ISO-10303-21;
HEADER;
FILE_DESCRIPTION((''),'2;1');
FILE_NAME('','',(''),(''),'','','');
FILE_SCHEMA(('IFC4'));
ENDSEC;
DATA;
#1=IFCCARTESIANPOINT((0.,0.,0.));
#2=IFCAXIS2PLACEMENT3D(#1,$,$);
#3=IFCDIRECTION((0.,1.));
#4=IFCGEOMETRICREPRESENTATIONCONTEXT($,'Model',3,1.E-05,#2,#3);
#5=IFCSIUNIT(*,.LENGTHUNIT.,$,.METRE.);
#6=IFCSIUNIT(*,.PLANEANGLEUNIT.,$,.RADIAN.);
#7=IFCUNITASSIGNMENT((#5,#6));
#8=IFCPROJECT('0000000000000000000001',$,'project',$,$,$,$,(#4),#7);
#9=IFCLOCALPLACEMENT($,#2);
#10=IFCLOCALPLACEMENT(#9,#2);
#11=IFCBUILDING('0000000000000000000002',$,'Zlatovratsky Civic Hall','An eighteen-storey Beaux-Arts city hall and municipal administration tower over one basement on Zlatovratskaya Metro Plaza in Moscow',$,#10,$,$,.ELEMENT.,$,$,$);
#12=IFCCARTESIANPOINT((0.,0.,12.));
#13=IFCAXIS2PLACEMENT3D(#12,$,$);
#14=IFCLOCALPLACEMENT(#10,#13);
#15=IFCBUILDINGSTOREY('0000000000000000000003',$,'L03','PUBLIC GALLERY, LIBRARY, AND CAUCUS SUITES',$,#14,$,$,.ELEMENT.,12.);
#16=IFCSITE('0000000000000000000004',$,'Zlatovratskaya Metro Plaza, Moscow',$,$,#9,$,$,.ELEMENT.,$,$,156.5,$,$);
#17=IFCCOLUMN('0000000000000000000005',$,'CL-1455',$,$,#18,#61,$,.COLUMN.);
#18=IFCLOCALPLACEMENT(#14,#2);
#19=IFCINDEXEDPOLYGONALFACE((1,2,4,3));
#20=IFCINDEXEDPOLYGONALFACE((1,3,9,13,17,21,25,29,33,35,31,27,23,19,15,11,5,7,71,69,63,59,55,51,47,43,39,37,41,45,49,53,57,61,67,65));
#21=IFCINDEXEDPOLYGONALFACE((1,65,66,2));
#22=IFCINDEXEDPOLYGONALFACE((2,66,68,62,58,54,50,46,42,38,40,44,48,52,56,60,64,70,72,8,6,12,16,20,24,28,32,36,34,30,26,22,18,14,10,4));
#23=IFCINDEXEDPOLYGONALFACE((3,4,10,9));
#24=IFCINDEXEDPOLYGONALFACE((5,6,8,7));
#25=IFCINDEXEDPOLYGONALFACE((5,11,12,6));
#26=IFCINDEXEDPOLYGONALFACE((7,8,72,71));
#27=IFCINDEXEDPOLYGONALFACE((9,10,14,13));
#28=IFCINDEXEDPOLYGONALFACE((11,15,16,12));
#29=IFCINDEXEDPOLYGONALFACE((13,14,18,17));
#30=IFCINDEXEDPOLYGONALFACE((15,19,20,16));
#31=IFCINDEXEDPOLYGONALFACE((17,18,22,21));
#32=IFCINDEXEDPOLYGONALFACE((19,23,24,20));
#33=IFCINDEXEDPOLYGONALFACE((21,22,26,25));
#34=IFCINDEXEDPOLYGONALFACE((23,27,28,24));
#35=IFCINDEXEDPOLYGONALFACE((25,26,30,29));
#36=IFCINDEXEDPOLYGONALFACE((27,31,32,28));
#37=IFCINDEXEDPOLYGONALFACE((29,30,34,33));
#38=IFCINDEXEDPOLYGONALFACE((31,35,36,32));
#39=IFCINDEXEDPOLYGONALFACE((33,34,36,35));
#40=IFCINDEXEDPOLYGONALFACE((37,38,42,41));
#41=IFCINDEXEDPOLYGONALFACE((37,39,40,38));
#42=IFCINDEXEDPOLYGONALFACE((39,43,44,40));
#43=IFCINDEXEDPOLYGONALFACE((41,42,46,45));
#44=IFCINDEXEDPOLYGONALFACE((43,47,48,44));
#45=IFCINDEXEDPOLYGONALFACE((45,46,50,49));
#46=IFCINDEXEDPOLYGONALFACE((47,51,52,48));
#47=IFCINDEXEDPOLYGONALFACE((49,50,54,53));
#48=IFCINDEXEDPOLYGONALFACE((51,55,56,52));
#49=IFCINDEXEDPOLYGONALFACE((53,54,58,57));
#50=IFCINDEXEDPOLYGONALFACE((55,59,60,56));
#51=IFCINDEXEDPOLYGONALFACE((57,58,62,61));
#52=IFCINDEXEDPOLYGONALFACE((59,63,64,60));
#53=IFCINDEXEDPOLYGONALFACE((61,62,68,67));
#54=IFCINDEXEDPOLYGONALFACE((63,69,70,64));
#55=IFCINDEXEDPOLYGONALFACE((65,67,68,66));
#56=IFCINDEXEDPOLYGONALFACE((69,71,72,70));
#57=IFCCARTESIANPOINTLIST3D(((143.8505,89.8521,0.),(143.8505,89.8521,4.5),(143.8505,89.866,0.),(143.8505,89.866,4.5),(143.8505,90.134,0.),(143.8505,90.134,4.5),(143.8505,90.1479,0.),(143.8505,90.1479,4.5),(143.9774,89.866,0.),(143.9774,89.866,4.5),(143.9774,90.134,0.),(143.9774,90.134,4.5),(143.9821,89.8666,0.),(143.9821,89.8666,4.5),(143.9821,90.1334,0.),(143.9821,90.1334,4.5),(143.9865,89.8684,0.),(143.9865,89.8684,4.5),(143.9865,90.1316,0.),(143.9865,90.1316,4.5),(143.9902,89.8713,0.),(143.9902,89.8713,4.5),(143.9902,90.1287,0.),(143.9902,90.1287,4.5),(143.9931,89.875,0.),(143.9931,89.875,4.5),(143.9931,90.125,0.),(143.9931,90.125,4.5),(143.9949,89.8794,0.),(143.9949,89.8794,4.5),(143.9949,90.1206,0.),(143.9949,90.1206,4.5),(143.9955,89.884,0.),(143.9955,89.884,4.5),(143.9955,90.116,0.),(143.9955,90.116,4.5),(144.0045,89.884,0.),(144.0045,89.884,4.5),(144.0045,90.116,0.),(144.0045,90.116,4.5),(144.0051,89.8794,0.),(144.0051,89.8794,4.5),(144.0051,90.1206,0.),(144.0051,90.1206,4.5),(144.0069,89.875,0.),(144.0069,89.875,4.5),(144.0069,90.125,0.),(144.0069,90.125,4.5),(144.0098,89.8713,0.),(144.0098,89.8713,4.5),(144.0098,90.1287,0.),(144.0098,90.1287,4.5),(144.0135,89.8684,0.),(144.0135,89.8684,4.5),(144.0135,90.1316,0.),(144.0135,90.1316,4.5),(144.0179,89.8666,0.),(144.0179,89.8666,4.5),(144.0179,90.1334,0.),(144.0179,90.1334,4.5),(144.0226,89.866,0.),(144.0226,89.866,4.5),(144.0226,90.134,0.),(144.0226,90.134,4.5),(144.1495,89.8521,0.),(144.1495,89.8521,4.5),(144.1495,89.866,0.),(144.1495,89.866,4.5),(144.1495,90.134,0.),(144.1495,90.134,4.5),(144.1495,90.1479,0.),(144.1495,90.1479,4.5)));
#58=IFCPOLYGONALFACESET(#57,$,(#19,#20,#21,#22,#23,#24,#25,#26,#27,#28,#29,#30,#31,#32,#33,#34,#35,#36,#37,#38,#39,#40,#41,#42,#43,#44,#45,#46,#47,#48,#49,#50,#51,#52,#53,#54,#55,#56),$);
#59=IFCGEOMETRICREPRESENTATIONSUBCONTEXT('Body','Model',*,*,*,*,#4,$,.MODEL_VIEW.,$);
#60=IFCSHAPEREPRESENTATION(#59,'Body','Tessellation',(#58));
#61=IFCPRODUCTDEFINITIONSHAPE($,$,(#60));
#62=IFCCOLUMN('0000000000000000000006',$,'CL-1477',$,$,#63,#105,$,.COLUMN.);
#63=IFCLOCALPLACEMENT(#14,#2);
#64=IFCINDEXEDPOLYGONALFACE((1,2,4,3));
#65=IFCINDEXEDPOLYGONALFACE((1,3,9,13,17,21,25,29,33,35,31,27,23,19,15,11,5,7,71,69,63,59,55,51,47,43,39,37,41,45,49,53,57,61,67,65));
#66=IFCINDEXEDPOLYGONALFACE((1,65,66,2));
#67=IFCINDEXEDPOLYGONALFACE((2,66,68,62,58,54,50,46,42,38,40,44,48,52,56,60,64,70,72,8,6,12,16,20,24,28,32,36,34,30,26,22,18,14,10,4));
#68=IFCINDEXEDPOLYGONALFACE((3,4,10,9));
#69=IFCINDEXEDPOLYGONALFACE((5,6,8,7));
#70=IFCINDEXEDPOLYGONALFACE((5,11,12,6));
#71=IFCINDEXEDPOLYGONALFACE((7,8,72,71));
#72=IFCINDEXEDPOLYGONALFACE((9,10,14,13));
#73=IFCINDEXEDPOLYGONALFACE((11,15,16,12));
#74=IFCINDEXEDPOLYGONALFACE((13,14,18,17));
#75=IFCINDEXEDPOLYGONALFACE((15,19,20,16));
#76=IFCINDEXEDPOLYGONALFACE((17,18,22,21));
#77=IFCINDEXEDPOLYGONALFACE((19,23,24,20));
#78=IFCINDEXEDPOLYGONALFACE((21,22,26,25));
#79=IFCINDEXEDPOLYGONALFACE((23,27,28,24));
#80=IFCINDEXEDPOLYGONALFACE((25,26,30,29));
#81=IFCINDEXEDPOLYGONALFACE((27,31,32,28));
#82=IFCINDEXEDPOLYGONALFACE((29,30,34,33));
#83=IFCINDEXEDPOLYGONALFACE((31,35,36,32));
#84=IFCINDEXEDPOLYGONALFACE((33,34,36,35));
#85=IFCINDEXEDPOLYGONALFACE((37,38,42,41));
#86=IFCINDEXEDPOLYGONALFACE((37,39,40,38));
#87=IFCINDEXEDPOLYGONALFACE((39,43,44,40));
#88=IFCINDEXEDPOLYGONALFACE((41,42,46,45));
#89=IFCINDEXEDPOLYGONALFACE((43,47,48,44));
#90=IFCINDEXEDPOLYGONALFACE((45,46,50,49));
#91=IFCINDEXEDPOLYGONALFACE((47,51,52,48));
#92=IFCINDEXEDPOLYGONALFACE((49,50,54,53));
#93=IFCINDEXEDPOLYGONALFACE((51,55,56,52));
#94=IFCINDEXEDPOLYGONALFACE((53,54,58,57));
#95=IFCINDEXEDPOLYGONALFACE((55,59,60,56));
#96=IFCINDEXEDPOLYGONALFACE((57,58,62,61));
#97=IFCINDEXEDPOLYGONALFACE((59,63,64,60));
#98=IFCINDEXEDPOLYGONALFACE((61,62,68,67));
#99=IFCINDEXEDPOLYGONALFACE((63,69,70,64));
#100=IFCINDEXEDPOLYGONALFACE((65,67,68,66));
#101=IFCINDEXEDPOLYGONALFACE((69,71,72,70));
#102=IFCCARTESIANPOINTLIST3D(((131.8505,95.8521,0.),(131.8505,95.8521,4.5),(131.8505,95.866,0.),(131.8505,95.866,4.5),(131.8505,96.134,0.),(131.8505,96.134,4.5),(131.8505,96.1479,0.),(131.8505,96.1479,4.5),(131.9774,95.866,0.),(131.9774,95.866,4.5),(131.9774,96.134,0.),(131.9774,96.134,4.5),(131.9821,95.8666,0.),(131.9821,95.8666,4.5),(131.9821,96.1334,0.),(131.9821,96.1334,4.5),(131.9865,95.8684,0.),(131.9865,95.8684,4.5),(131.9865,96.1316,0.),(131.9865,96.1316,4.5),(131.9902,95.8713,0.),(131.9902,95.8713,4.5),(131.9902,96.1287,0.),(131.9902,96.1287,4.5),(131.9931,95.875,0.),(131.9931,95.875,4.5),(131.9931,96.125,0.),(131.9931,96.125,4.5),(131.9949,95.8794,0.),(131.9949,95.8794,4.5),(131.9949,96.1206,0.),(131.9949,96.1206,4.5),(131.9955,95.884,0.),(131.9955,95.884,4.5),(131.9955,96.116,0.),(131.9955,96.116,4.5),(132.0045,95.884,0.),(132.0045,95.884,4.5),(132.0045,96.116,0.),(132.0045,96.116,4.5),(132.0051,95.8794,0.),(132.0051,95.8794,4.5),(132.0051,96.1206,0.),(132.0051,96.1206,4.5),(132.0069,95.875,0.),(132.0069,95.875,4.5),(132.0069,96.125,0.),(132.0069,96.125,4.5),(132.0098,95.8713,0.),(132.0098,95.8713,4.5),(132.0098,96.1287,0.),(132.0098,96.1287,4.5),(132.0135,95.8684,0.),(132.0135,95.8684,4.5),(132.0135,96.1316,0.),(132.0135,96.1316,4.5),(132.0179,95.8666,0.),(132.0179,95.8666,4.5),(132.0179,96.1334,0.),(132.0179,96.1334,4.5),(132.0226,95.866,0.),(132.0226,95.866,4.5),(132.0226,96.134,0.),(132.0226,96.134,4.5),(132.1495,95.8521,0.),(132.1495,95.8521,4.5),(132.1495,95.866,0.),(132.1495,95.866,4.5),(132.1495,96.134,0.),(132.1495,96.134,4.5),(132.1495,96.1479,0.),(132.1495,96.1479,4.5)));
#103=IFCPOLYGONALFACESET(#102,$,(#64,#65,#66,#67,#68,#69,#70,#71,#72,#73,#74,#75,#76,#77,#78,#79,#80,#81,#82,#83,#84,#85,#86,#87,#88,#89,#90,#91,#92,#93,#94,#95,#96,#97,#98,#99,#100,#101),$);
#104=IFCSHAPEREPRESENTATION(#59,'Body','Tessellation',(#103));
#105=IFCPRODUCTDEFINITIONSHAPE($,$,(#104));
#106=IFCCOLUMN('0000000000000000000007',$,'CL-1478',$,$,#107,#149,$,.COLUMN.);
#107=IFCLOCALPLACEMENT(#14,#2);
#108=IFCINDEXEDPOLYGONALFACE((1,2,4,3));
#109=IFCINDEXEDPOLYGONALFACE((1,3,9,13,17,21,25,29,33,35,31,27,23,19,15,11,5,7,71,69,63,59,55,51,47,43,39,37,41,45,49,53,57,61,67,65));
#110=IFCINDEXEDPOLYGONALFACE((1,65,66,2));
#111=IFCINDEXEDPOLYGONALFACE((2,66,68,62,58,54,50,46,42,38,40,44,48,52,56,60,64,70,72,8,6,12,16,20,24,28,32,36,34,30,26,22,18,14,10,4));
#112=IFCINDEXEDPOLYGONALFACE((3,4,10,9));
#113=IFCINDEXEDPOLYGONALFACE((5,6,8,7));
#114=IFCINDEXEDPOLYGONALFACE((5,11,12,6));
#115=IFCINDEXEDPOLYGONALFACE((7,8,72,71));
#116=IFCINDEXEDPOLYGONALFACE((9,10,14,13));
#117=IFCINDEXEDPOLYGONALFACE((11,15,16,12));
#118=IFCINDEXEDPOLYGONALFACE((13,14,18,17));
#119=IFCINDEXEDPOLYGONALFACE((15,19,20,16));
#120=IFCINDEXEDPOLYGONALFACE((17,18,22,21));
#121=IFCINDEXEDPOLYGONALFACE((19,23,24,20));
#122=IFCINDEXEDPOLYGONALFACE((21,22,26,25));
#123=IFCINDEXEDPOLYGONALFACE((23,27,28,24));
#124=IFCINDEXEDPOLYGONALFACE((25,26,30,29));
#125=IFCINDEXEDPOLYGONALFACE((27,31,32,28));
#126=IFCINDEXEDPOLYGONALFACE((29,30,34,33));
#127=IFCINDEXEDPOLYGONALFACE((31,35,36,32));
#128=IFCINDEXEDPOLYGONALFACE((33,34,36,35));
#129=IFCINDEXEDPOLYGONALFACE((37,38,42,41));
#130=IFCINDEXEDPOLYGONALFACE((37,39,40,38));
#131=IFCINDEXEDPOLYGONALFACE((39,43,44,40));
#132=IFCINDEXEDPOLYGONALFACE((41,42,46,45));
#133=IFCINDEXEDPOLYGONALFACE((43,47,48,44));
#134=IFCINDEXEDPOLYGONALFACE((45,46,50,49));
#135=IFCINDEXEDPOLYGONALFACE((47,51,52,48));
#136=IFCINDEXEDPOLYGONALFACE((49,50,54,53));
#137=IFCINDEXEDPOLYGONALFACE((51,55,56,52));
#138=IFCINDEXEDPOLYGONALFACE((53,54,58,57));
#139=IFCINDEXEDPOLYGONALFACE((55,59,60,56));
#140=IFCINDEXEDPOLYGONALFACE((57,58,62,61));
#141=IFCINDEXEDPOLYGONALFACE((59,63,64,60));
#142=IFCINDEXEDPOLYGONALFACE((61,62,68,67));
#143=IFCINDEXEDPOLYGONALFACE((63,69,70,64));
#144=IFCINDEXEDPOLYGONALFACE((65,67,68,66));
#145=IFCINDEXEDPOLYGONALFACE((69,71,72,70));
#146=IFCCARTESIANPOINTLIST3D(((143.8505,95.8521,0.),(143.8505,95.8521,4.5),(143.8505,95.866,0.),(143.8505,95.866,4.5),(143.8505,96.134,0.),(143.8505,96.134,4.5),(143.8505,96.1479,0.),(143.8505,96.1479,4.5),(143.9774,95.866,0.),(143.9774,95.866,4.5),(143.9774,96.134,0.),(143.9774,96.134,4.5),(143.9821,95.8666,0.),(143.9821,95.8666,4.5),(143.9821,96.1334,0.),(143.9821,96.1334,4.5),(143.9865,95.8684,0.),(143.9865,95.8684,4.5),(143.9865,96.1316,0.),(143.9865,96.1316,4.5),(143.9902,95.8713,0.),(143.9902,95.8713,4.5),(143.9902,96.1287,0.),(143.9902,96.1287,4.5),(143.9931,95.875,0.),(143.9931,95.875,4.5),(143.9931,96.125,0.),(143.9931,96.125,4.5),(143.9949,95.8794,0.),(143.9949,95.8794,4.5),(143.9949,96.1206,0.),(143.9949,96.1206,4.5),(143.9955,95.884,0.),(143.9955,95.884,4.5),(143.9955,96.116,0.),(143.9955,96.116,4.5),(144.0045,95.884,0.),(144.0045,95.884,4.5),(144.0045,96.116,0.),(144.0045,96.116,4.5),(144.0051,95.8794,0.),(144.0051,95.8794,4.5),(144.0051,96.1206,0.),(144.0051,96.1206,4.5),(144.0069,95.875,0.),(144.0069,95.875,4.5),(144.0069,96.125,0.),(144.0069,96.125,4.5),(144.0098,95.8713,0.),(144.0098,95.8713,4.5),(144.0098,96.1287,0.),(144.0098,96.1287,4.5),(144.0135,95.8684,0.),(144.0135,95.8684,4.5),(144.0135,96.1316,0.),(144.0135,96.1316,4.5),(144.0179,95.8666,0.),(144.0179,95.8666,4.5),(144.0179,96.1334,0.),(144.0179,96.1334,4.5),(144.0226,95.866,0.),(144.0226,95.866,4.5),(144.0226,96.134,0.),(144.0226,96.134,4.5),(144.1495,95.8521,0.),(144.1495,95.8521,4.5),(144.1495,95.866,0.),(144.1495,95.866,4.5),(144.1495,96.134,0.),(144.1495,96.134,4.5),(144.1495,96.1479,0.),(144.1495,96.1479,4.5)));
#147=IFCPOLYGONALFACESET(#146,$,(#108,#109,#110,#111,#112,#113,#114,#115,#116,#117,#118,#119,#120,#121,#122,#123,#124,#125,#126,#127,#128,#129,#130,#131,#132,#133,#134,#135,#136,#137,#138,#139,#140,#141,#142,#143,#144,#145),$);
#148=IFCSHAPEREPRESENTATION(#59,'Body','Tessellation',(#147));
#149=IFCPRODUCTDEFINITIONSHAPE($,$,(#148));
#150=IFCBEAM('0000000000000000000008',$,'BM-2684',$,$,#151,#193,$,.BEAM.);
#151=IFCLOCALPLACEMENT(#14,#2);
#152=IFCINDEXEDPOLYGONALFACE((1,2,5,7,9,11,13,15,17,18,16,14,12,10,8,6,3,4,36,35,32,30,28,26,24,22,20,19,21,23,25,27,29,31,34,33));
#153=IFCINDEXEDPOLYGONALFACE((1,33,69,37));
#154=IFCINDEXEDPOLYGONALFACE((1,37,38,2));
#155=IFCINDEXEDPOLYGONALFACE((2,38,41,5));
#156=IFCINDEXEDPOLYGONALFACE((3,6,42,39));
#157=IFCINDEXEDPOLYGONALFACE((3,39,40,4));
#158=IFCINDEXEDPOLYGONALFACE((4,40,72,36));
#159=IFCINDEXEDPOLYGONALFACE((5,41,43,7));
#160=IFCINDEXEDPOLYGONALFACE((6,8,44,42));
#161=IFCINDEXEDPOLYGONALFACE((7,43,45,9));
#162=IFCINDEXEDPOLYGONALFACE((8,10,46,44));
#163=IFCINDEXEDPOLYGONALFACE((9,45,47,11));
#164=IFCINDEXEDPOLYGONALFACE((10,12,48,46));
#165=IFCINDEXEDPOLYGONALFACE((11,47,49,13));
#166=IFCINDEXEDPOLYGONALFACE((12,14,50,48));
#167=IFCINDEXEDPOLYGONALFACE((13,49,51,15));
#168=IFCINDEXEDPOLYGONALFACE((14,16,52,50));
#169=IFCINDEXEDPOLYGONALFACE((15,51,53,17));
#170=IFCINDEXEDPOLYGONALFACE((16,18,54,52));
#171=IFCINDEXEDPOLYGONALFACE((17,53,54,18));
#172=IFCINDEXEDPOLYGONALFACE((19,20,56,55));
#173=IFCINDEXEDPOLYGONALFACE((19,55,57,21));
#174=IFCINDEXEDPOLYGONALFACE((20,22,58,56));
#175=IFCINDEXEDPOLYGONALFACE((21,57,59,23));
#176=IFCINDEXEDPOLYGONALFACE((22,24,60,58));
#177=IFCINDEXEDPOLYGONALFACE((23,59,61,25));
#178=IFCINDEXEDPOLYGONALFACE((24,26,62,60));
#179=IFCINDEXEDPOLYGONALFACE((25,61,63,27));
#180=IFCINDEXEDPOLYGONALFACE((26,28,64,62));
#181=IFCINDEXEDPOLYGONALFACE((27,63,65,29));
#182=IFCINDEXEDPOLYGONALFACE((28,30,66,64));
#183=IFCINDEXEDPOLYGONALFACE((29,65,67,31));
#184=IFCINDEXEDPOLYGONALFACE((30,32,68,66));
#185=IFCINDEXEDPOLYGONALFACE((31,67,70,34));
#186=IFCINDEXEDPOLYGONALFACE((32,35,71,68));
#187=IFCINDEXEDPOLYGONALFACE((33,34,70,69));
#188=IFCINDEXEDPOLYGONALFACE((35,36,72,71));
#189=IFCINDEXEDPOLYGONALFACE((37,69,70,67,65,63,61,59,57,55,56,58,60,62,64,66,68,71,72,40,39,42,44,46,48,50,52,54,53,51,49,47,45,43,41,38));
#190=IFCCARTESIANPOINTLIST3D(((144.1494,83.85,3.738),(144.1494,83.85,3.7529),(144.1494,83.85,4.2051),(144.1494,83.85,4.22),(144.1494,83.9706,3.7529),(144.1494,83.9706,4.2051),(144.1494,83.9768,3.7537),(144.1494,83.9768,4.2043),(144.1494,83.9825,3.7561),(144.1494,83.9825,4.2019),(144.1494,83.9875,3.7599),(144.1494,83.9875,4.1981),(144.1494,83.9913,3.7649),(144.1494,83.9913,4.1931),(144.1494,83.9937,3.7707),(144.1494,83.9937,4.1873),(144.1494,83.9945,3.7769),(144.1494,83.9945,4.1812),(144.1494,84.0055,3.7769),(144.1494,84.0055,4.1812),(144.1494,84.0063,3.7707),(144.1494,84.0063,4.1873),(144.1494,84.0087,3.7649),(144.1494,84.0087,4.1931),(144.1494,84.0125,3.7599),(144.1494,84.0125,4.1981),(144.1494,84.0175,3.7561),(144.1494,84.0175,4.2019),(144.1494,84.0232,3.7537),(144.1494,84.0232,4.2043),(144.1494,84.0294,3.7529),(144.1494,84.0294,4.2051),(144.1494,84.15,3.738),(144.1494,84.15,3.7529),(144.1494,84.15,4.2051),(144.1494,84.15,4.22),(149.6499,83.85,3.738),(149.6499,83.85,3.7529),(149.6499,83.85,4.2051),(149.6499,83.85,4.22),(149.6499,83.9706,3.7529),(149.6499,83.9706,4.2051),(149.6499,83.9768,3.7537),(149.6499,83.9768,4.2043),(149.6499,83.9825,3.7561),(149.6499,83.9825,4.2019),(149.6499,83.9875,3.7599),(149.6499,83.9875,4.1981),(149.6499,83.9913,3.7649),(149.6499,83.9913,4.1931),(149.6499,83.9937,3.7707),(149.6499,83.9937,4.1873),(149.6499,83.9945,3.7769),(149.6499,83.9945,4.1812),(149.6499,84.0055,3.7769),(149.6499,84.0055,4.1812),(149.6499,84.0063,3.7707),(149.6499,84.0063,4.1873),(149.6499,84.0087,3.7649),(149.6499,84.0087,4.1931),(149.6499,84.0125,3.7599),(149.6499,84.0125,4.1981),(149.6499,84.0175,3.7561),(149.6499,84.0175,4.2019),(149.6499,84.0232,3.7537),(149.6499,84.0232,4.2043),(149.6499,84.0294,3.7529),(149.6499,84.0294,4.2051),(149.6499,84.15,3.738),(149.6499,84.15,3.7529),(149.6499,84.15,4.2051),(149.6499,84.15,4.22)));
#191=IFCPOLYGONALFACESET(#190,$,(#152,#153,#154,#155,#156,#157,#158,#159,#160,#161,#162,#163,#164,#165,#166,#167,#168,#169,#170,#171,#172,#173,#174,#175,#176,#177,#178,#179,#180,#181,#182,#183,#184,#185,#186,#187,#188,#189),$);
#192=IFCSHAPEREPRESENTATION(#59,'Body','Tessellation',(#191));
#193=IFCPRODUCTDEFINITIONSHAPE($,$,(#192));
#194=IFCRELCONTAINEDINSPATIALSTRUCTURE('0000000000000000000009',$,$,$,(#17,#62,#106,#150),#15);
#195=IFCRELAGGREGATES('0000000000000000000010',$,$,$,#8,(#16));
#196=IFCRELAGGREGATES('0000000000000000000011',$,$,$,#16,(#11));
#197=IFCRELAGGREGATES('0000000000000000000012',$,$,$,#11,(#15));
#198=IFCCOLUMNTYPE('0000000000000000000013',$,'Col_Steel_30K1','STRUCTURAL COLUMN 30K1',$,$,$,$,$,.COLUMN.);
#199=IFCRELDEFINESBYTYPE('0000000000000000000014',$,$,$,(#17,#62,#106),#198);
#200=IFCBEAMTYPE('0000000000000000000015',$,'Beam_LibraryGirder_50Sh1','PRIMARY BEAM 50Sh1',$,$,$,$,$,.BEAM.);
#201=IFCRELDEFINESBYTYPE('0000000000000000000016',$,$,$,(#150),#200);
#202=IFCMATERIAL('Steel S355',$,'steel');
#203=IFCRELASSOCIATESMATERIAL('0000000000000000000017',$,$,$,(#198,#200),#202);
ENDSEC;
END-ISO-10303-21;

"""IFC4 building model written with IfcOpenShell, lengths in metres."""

from ifc_helpers import new_model, si_unit, direction, frame, origin, origin_2d, place, context, subcontext, project, spatial, i_section, extrude, material, material_profile, profile_set, type_object, element, save


model = new_model("IFC4")

# Units and contexts
model_context = context("Model", 3, precision=1e-05, world=origin(), true_north=direction((0.0, 1.0)))
body_context = subcontext(model_context, "Body", "Model", "MODEL_VIEW")
ifc_project = project(units=[si_unit("LENGTHUNIT", "METRE"), si_unit("PLANEANGLEUNIT", "RADIAN")], contexts=[model_context])

# Site, building, storey
site_placement = place(None, origin())
site = spatial("IfcSite", under=ifc_project, at=site_placement, Name="Zlatovratskaya Metro Plaza, Moscow", CompositionType="ELEMENT", RefElevation=156.5)
building_placement = place(site_placement, origin())
building = spatial("IfcBuilding", under=site, at=building_placement, Name="Zlatovratsky Civic Hall", Description="An eighteen-storey Beaux-Arts city hall and municipal administration tower over one basement on Zlatovratskaya Metro Plaza in Moscow", CompositionType="ELEMENT")
storey_placement = place(building_placement, frame((0.0, 0.0, 12.0)))
storey = spatial("IfcBuildingStorey", under=building, at=storey_placement, Name="L03", Description="PUBLIC GALLERY, LIBRARY, AND CAUCUS SUITES", CompositionType="ELEMENT", Elevation=12.0)

# Columns
ifc_material_1 = material(Name="Steel S355", Category="steel")
ifc_material_profile_1 = material_profile(ifc_material_1, i_section(OverallWidth=0.2991, OverallDepth=0.2959, WebThickness=0.009, FlangeThickness=0.0139, FilletRadius=0.0181, at=origin_2d()), Name="30K1")
ifc_profile_set_1 = profile_set([ifc_material_profile_1], Name="Steel S355")
column_type_1 = type_object("IfcColumnType", Name="Col_Steel_30K1", Description="STRUCTURAL COLUMN 30K1", PredefinedType="COLUMN", material=ifc_profile_set_1)
for number, where, z_axis, x_axis, name in (
    (1, (144.0, 90.0, 0.0), (0.0, 0.0, 1.0), (1.0, 0.0, 0.0), "CL-1455"),
    (2, (132.0, 96.0, 0.0), (0.0, 0.0, 1.0), (1.0, 0.0, 0.0), "CL-1477"),
    (3, (144.0, 96.0, 0.0), (0.0, 0.0, 1.0), (1.0, 0.0, 0.0), "CL-1478"),
):
    element("IfcColumn", number, at=place(storey_placement, frame(where, z_axis=z_axis, x_axis=x_axis)), inside=storey, type_object=column_type_1, Name=name, PredefinedType="COLUMN", context=body_context, shape_type="SweptSolid", body=[
        extrude(i_section(OverallWidth=0.2991, OverallDepth=0.2959, WebThickness=0.009, FlangeThickness=0.0139, FilletRadius=0.0181, at=origin_2d()), origin(), (0.0, 0.0, 1.0), 4.5),
    ])

# Beam
ifc_material_profile_2 = material_profile(ifc_material_1, i_section(OverallWidth=0.3, OverallDepth=0.4819, WebThickness=0.011, FlangeThickness=0.0149, FilletRadius=0.0239, at=origin_2d()), Name="50Sh1")
ifc_profile_set_2 = profile_set([ifc_material_profile_2], Name="Steel S355")
beam_type_1 = type_object("IfcBeamType", Name="Beam_LibraryGirder_50Sh1", Description="PRIMARY BEAM 50Sh1", PredefinedType="BEAM", material=ifc_profile_set_2)
for number, where, z_axis, x_axis, name in (
    (4, (144.1494, 84.0, 3.979), (1.0, 0.0, 0.0), (0.0, 1.0, 0.0), "BM-2684"),
):
    element("IfcBeam", number, at=place(storey_placement, frame(where, z_axis=z_axis, x_axis=x_axis)), inside=storey, type_object=beam_type_1, Name=name, PredefinedType="BEAM", context=body_context, shape_type="SweptSolid", body=[
        extrude(i_section(OverallWidth=0.3, OverallDepth=0.4819, WebThickness=0.011, FlangeThickness=0.0149, FilletRadius=0.0239, at=origin_2d()), origin(), (0.0, 0.0, 1.0), 5.5005),
    ])

save(model, "model.ifc")
